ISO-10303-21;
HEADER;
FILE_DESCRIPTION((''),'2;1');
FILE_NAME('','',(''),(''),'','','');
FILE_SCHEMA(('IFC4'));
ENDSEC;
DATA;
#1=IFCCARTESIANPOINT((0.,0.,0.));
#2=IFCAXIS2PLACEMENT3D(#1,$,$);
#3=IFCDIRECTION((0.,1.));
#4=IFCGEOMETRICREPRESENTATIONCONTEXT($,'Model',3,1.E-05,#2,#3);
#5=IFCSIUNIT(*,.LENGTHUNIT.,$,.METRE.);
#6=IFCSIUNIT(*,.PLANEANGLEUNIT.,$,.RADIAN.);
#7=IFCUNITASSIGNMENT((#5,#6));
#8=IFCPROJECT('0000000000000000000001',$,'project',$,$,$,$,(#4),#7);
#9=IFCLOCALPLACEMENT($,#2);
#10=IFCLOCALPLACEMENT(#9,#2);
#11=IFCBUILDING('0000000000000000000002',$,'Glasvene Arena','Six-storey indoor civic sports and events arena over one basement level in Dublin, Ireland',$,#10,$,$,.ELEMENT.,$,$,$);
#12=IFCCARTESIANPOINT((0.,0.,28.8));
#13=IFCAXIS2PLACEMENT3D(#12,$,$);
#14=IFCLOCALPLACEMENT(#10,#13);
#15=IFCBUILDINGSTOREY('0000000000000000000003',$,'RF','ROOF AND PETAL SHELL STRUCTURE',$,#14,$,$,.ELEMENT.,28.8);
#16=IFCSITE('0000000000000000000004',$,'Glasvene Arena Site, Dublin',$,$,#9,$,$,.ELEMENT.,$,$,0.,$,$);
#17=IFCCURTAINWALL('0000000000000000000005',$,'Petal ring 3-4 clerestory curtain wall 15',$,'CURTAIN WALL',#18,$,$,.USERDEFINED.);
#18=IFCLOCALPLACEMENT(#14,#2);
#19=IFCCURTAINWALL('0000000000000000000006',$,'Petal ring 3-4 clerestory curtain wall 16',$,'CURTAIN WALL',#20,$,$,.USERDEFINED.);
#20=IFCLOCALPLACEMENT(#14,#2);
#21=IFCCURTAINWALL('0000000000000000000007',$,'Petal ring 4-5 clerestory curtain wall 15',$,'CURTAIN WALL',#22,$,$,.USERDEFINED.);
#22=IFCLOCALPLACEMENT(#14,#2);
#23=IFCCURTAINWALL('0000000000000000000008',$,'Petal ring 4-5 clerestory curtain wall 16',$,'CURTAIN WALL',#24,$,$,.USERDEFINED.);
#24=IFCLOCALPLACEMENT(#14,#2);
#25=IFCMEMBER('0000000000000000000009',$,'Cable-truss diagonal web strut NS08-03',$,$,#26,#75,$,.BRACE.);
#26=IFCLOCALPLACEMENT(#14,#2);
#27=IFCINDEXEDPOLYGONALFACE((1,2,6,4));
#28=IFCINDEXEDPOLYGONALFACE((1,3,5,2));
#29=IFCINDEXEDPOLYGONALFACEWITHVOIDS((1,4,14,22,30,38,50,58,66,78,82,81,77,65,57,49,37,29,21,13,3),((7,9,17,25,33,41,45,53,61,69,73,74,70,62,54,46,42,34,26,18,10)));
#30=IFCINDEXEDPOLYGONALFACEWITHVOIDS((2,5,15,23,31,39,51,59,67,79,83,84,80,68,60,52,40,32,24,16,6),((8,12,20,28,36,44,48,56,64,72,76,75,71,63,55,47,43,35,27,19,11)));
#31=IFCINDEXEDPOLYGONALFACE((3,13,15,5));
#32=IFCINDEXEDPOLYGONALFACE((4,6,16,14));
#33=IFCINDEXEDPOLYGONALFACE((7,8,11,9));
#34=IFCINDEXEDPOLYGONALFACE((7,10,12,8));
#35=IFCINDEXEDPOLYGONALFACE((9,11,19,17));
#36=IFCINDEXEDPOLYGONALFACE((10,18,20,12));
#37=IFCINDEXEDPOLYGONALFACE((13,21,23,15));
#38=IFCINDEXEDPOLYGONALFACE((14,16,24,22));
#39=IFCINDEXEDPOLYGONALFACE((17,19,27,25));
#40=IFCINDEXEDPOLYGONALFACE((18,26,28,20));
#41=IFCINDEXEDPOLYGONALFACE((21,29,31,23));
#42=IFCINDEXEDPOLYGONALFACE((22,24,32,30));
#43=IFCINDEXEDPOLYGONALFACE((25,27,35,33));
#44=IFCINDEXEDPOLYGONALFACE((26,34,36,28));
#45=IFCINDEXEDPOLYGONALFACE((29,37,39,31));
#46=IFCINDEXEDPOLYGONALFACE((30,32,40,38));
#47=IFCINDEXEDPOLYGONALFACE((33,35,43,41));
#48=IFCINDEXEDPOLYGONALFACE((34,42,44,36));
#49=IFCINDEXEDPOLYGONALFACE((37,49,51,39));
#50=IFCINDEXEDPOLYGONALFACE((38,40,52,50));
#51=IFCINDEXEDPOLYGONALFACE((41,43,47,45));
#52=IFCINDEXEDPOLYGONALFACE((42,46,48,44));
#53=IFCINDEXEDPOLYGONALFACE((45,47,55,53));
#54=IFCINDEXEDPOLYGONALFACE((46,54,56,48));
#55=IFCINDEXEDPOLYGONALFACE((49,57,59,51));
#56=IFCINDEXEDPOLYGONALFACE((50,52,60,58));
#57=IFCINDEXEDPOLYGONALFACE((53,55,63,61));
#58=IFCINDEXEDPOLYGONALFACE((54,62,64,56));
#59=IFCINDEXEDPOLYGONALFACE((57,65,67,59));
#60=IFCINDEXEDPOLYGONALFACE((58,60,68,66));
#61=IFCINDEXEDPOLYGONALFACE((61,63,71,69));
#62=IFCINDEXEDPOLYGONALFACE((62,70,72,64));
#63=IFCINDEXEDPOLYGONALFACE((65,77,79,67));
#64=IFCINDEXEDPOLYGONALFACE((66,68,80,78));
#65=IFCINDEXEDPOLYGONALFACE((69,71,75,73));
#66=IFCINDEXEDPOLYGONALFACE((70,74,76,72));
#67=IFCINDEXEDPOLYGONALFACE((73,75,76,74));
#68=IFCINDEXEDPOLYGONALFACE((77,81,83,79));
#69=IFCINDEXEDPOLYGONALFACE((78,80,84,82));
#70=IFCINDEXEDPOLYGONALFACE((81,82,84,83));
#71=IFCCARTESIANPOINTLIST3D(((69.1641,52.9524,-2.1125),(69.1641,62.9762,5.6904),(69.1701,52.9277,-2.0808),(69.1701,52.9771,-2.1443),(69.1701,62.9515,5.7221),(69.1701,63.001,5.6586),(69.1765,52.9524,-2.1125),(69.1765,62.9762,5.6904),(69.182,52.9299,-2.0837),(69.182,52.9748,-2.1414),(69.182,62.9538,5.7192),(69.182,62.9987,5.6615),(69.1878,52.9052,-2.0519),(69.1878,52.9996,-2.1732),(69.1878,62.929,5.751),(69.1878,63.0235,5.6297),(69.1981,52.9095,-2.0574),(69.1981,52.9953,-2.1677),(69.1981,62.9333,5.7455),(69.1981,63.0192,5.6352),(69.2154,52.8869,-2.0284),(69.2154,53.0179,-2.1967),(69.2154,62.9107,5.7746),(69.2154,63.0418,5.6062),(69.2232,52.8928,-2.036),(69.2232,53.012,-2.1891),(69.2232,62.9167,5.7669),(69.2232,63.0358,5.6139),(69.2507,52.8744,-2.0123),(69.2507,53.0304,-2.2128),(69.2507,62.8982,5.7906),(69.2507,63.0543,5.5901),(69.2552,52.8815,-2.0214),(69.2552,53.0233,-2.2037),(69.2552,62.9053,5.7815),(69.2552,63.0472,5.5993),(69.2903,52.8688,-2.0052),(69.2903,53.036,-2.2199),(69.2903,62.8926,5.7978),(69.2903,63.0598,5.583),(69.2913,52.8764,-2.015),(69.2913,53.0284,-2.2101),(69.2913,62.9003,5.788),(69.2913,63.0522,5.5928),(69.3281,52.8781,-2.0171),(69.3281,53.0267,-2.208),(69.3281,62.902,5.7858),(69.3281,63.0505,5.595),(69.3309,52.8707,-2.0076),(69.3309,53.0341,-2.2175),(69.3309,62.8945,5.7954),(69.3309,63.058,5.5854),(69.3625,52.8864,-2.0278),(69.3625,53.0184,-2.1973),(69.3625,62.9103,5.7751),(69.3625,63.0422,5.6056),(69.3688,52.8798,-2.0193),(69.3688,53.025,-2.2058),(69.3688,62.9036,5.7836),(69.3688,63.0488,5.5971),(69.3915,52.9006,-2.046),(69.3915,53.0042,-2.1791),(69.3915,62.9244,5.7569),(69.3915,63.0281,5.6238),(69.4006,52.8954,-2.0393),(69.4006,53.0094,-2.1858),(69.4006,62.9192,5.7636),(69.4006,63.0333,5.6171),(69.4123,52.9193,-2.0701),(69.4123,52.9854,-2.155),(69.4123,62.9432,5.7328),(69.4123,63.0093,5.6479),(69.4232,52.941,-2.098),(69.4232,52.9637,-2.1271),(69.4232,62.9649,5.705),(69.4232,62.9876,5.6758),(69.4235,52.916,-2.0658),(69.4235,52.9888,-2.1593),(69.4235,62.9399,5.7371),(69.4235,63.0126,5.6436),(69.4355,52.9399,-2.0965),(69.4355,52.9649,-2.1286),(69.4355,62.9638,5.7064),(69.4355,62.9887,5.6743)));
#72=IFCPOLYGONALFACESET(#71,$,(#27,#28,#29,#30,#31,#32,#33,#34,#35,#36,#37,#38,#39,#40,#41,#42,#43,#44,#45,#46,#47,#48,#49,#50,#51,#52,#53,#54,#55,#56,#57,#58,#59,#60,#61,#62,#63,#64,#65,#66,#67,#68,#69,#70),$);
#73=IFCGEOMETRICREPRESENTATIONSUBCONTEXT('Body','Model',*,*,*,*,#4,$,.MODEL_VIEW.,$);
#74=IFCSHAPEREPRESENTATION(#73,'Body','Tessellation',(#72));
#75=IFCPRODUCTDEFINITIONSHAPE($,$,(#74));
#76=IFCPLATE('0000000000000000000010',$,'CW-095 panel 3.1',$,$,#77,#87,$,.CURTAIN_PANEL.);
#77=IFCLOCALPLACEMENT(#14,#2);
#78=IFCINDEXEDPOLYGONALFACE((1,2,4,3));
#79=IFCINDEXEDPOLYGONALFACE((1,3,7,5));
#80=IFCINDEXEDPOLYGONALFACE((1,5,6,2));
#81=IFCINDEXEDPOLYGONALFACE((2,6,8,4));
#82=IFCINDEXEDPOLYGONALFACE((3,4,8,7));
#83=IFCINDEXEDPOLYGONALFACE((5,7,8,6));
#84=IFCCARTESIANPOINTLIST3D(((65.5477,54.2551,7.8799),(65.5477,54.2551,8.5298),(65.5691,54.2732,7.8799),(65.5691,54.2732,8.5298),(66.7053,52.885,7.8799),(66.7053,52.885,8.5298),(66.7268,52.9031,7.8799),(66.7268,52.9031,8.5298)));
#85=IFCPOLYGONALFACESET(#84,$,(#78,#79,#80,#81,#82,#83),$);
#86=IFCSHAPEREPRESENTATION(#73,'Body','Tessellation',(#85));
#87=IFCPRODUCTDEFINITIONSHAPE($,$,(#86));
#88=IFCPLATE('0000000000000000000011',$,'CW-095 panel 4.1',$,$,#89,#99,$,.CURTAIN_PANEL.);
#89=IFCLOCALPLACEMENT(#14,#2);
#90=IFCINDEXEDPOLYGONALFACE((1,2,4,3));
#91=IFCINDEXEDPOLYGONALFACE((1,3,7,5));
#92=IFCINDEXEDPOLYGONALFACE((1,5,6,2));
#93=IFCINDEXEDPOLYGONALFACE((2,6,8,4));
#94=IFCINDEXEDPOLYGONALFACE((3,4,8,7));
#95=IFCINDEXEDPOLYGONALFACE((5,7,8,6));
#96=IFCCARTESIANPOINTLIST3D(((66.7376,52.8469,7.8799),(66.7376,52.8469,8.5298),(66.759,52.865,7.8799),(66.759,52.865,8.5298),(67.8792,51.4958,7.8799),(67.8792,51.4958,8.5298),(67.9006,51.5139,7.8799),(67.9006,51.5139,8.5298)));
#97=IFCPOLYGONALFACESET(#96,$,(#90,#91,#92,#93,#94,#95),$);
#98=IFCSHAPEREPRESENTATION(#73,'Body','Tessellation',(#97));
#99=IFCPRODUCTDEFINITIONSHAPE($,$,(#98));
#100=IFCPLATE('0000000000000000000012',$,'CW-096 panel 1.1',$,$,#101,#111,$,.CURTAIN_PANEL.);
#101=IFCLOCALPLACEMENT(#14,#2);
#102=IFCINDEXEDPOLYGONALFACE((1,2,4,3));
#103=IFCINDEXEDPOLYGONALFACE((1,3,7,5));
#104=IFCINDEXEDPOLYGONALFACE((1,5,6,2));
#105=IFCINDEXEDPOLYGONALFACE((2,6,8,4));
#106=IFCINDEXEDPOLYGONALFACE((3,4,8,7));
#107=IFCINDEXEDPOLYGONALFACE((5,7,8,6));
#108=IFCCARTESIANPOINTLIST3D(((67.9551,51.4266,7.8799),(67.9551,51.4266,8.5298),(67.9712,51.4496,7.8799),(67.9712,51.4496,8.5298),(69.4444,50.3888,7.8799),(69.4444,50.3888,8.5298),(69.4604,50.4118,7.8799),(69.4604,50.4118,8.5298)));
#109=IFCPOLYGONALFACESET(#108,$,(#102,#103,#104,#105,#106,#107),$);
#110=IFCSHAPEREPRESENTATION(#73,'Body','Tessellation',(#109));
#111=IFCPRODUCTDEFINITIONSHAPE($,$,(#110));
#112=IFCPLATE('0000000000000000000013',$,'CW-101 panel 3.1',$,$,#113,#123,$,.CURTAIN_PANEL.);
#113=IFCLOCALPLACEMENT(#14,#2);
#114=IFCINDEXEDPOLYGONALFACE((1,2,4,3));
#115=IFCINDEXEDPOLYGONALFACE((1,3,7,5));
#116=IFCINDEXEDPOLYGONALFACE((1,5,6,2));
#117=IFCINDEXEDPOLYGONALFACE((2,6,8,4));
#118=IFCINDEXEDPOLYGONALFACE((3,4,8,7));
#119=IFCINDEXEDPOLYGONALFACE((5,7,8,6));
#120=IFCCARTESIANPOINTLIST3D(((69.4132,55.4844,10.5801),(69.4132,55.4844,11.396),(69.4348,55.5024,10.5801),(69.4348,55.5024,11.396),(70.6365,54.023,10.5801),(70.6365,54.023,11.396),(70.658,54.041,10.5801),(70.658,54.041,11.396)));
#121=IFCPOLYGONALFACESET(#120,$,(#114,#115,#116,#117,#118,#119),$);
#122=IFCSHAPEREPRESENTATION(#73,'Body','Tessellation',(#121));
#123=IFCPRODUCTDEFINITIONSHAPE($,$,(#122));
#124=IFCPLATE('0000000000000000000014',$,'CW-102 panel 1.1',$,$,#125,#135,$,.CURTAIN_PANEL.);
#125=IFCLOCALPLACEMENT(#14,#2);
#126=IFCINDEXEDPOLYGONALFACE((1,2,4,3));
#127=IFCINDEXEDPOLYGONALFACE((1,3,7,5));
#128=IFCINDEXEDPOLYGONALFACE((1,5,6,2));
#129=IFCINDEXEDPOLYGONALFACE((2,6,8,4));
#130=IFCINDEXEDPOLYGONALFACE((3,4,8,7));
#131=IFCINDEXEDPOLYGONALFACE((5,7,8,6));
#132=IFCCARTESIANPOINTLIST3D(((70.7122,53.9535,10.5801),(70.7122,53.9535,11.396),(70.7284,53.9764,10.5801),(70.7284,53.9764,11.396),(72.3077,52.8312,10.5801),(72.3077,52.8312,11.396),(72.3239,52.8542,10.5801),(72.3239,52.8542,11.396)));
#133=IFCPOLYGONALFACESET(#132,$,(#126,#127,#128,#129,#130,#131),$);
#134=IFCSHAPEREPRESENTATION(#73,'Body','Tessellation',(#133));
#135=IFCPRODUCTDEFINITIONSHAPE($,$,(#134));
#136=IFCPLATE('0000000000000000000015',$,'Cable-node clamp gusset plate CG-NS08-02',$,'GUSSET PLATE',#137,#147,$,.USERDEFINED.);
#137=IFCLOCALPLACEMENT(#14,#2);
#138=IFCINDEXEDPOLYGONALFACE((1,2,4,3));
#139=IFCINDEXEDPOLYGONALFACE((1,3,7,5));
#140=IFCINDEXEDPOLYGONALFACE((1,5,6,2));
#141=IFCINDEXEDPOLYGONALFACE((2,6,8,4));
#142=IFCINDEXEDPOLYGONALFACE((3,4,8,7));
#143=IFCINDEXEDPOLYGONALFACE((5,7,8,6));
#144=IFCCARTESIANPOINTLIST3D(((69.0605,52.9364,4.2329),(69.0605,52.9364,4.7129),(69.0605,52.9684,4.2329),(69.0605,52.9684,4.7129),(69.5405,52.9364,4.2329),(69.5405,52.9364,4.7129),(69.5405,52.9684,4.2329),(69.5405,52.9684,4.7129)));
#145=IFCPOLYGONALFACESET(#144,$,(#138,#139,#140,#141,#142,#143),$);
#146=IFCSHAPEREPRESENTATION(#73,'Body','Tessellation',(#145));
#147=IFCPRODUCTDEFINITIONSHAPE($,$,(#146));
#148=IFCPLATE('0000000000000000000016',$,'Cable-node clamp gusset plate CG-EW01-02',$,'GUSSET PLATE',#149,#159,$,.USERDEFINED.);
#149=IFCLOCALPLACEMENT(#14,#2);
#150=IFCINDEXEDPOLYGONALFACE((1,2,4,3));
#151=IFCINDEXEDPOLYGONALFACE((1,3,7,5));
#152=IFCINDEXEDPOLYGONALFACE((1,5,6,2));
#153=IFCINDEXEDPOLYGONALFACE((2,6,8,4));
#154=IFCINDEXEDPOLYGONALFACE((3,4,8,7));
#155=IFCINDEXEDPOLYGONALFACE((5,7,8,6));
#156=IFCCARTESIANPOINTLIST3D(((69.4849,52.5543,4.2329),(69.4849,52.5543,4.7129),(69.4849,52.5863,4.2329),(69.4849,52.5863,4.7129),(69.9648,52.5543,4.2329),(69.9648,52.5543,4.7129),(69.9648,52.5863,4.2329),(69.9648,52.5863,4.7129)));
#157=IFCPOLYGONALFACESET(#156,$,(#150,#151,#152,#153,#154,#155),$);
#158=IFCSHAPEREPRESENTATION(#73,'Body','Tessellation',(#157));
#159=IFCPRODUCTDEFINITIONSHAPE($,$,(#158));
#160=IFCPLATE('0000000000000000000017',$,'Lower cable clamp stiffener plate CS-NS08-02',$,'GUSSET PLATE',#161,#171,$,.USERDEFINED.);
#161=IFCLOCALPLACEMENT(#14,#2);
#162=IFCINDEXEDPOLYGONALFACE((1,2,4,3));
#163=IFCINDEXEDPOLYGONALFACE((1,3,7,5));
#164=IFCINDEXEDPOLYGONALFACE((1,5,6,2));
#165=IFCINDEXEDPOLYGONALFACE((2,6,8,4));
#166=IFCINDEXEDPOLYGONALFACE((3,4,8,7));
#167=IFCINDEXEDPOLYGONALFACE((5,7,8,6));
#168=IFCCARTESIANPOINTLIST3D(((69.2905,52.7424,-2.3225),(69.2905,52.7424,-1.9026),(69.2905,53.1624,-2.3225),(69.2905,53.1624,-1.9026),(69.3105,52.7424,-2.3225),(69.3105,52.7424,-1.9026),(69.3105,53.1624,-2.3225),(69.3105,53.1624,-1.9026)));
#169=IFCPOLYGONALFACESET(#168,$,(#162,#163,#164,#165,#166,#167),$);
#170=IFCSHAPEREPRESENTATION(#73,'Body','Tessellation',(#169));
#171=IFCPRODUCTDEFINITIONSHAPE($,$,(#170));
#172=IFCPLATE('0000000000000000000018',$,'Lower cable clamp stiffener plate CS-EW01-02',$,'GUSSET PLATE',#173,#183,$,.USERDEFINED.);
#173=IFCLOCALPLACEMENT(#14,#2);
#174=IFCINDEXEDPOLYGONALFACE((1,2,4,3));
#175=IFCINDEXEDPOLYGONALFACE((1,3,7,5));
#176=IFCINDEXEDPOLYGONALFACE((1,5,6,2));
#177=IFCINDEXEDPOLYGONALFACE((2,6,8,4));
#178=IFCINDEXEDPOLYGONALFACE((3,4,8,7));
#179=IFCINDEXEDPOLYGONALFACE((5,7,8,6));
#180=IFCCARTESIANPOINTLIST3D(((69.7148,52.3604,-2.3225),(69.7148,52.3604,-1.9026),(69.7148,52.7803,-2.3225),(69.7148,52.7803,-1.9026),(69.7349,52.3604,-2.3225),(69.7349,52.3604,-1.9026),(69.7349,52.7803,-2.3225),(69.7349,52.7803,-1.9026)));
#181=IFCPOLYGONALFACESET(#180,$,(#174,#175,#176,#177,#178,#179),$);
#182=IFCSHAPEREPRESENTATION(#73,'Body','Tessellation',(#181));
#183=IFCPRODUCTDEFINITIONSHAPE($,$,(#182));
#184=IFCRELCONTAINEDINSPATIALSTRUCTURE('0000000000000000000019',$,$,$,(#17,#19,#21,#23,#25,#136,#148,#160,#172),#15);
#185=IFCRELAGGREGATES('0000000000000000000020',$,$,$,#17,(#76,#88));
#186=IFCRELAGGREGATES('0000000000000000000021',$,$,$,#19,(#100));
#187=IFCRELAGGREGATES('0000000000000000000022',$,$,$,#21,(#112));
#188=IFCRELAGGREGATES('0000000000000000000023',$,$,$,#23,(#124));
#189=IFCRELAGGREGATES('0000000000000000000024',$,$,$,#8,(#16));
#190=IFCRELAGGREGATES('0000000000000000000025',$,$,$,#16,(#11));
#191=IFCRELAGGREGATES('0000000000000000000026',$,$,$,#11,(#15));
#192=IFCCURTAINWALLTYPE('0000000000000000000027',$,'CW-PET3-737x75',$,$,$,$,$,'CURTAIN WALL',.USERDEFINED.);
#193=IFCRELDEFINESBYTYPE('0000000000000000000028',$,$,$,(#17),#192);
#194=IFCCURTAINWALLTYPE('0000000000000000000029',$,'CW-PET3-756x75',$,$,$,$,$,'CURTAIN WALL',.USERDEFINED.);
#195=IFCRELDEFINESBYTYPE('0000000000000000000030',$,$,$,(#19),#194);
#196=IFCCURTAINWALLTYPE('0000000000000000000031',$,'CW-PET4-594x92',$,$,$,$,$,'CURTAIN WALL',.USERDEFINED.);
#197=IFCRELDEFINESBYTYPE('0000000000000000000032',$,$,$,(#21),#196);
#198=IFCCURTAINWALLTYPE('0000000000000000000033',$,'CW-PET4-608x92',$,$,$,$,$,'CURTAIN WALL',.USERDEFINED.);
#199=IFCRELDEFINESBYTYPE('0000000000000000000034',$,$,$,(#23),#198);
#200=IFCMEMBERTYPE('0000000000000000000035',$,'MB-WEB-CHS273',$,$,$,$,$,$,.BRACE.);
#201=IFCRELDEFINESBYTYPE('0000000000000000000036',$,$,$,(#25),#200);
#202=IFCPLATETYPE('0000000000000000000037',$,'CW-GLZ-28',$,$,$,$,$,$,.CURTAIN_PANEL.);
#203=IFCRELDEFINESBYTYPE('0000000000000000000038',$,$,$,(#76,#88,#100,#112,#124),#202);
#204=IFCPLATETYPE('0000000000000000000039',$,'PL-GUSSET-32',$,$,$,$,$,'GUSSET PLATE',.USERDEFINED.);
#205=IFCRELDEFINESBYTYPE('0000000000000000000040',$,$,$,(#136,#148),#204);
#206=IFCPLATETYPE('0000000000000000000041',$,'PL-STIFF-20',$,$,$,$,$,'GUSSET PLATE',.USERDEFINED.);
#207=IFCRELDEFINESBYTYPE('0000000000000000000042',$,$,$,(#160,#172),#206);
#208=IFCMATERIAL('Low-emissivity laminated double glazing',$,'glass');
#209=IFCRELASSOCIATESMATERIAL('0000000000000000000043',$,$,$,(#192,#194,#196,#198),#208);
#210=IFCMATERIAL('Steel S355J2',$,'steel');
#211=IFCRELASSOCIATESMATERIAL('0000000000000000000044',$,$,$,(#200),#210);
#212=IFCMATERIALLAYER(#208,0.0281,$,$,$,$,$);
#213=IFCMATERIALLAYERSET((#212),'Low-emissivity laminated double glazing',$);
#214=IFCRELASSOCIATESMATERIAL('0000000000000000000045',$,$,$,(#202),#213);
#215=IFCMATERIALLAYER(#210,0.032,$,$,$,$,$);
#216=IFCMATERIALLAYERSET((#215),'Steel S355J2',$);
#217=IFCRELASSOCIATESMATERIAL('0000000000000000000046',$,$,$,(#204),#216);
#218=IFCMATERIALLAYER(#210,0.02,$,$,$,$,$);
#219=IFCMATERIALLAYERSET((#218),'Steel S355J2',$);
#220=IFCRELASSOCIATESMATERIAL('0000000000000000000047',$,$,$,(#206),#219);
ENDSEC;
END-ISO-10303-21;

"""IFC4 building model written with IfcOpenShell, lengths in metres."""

from ifc_helpers import new_model, si_unit, direction, frame, origin, origin_2d, place, context, subcontext, project, spatial, rectangle, hollow_circle, extrude, material, layer, layer_set, material_profile, profile_set, type_object, element, aggregate, save


model = new_model("IFC4")

# Units and contexts
model_context = context("Model", 3, precision=1e-05, world=origin(), true_north=direction((0.0, 1.0)))
body_context = subcontext(model_context, "Body", "Model", "MODEL_VIEW")
ifc_project = project(units=[si_unit("LENGTHUNIT", "METRE"), si_unit("PLANEANGLEUNIT", "RADIAN")], contexts=[model_context])

# Site, building, storey
site_placement = place(None, origin())
site = spatial("IfcSite", under=ifc_project, at=site_placement, Name="Glasvene Arena Site, Dublin", CompositionType="ELEMENT", RefElevation=0.0)
building_placement = place(site_placement, origin())
building = spatial("IfcBuilding", under=site, at=building_placement, Name="Glasvene Arena", Description="Six-storey indoor civic sports and events arena over one basement level in Dublin, Ireland", CompositionType="ELEMENT")
storey_placement = place(building_placement, frame((0.0, 0.0, 28.8)))
storey = spatial("IfcBuildingStorey", under=building, at=storey_placement, Name="RF", Description="ROOF AND PETAL SHELL STRUCTURE", CompositionType="ELEMENT", Elevation=28.8)

# Curtain wall
ifc_material_1 = material(Name="Low-emissivity laminated double glazing", Category="glass")
curtain_wall_type_1 = type_object("IfcCurtainWallType", Name="CW-PET3-737x75", ElementType="CURTAIN WALL", PredefinedType="USERDEFINED", material=ifc_material_1)
curtain_wall_1_placement = place(storey_placement, frame((63.1626, 57.1001, 0.0)))
curtain_wall_1 = element("IfcCurtainWall", 1, at=curtain_wall_1_placement, inside=storey, type_object=curtain_wall_type_1, Name="Petal ring 3-4 clerestory curtain wall 15", ObjectType="CURTAIN WALL", PredefinedType="USERDEFINED")

# Curtain walls
curtain_wall_type_2 = type_object("IfcCurtainWallType", Name="CW-PET3-756x75", ElementType="CURTAIN WALL", PredefinedType="USERDEFINED", material=ifc_material_1)
curtain_wall_2_placement = place(storey_placement, frame((67.9221, 51.4668, 0.0)))
curtain_wall_2 = element("IfcCurtainWall", 2, at=curtain_wall_2_placement, inside=storey, type_object=curtain_wall_type_2, Name="Petal ring 3-4 clerestory curtain wall 16", ObjectType="CURTAIN WALL", PredefinedType="USERDEFINED")
curtain_wall_type_3 = type_object("IfcCurtainWallType", Name="CW-PET4-594x92", ElementType="CURTAIN WALL", PredefinedType="USERDEFINED", material=ifc_material_1)
curtain_wall_3_placement = place(storey_placement, frame((66.8655, 58.55, 0.0)))
curtain_wall_3 = element("IfcCurtainWall", 3, at=curtain_wall_3_placement, inside=storey, type_object=curtain_wall_type_3, Name="Petal ring 4-5 clerestory curtain wall 15", ObjectType="CURTAIN WALL", PredefinedType="USERDEFINED")

# Curtain wall
curtain_wall_type_4 = type_object("IfcCurtainWallType", Name="CW-PET4-608x92", ElementType="CURTAIN WALL", PredefinedType="USERDEFINED", material=ifc_material_1)
curtain_wall_4_placement = place(storey_placement, frame((70.6794, 53.9937, 0.0)))
curtain_wall_4 = element("IfcCurtainWall", 4, at=curtain_wall_4_placement, inside=storey, type_object=curtain_wall_type_4, Name="Petal ring 4-5 clerestory curtain wall 16", ObjectType="CURTAIN WALL", PredefinedType="USERDEFINED")

# Member
ifc_material_2 = material(Name="Steel S355J2", Category="steel")
ifc_material_profile_1 = material_profile(ifc_material_2, hollow_circle(Radius=0.1365, WallThickness=0.0125, at=origin_2d()), Name="CHS 273.0x12.5")
ifc_profile_set_1 = profile_set([ifc_material_profile_1], Name="Steel S355J2")
member_type_1 = type_object("IfcMemberType", Name="MB-WEB-CHS273", PredefinedType="BRACE", material=ifc_profile_set_1)
member_1_placement = place(storey_placement, frame((69.3005, 52.9524, -2.1125), z_axis=(0.0, 0.789101, 0.614264), x_axis=(-1.0, 0.0, 0.0)))
element("IfcMember", 5, at=member_1_placement, inside=storey, type_object=member_type_1, Name="Cable-truss diagonal web strut NS08-03", PredefinedType="BRACE", context=body_context, shape_type="SweptSolid", body=[
    extrude(hollow_circle(Radius=0.1365, WallThickness=0.0125, at=origin_2d()), origin(), (0.0, 0.0, 1.0), 12.7029),
])

# Plates
ifc_layer_1 = layer(ifc_material_1, 0.0281)
ifc_layer_set_1 = layer_set([ifc_layer_1], Name="Low-emissivity laminated double glazing")
plate_type_1 = type_object("IfcPlateType", Name="CW-GLZ-28", PredefinedType="CURTAIN_PANEL", material=ifc_layer_set_1)
plate_1_placement = place(storey_placement, frame((66.1372, 53.5791, 7.8799), z_axis=(0.0, 0.0, 1.0), x_axis=(0.645394, -0.76385, 0.0)))
plate_1 = element("IfcPlate", 6, at=plate_1_placement, type_object=plate_type_1, Name="CW-095 panel 3.1", PredefinedType="CURTAIN_PANEL", context=body_context, shape_type="SweptSolid", body=[
    extrude(rectangle(XDim=1.7937, YDim=0.0281, at=origin_2d()), origin(), (0.0, 0.0, 1.0), 0.6499),
])
plate_2_placement = place(storey_placement, frame((67.3191, 52.1804, 7.8799), z_axis=(0.0, 0.0, 1.0), x_axis=(0.645394, -0.76385, 0.0)))
plate_2 = element("IfcPlate", 7, at=plate_2_placement, type_object=plate_type_1, Name="CW-095 panel 4.1", PredefinedType="CURTAIN_PANEL", context=body_context, shape_type="SweptSolid", body=[
    extrude(rectangle(XDim=1.7688, YDim=0.0281, at=origin_2d()), origin(), (0.0, 0.0, 1.0), 0.6499),
])
aggregate(curtain_wall_1, [plate_1, plate_2])
plate_3_placement = place(storey_placement, frame((68.7078, 50.9192, 7.8799), z_axis=(0.0, 0.0, 1.0), x_axis=(0.820433, -0.571742, 0.0)))
plate_3 = element("IfcPlate", 8, at=plate_3_placement, type_object=plate_type_1, Name="CW-096 panel 1.1", PredefinedType="CURTAIN_PANEL", context=body_context, shape_type="SweptSolid", body=[
    extrude(rectangle(XDim=1.8152, YDim=0.0281, at=origin_2d()), origin(), (0.0, 0.0, 1.0), 0.6499),
])
aggregate(curtain_wall_2, [plate_3])
plate_4_placement = place(storey_placement, frame((70.0356, 54.7627, 10.5801), z_axis=(0.0, 0.0, 1.0), x_axis=(0.64188, -0.766805, 0.0)))
plate_4 = element("IfcPlate", 9, at=plate_4_placement, type_object=plate_type_1, Name="CW-101 panel 3.1", PredefinedType="CURTAIN_PANEL", context=body_context, shape_type="SweptSolid", body=[
    extrude(rectangle(XDim=1.9058, YDim=0.0281, at=origin_2d()), origin(), (0.0, 0.0, 1.0), 0.8159),
])
aggregate(curtain_wall_3, [plate_4])
plate_5_placement = place(storey_placement, frame((71.5181, 53.4038, 10.5801), z_axis=(0.0, 0.0, 1.0), x_axis=(0.817925, -0.575325, 0.0)))
plate_5 = element("IfcPlate", 10, at=plate_5_placement, type_object=plate_type_1, Name="CW-102 panel 1.1", PredefinedType="CURTAIN_PANEL", context=body_context, shape_type="SweptSolid", body=[
    extrude(rectangle(XDim=1.9507, YDim=0.0281, at=origin_2d()), origin(), (0.0, 0.0, 1.0), 0.8159),
])
aggregate(curtain_wall_4, [plate_5])

# Plates
ifc_layer_2 = layer(ifc_material_2, 0.032)
ifc_layer_set_2 = layer_set([ifc_layer_2], Name="Steel S355J2")
plate_type_2 = type_object("IfcPlateType", Name="PL-GUSSET-32", ElementType="GUSSET PLATE", PredefinedType="USERDEFINED", material=ifc_layer_set_2)
for number, where, z_axis, x_axis, name in (
    (11, (69.3005, 52.9524, 4.2329), (0.0, 0.0, 1.0), (1.0, 0.0, 0.0), "Cable-node clamp gusset plate CG-NS08-02"),
    (12, (69.7249, 52.5703, 4.2329), (0.0, 0.0, 1.0), (1.0, 0.0, 0.0), "Cable-node clamp gusset plate CG-EW01-02"),
):
    element("IfcPlate", number, at=place(storey_placement, frame(where, z_axis=z_axis, x_axis=x_axis)), inside=storey, type_object=plate_type_2, Name=name, ObjectType="GUSSET PLATE", PredefinedType="USERDEFINED", context=body_context, shape_type="SweptSolid", body=[
        extrude(rectangle(XDim=0.48, YDim=0.032, at=origin_2d()), origin(), (0.0, 0.0, 1.0), 0.48),
    ])
ifc_layer_3 = layer(ifc_material_2, 0.02)
ifc_layer_set_3 = layer_set([ifc_layer_3], Name="Steel S355J2")
plate_type_3 = type_object("IfcPlateType", Name="PL-STIFF-20", ElementType="GUSSET PLATE", PredefinedType="USERDEFINED", material=ifc_layer_set_3)
for number, where, z_axis, x_axis, name in (
    (13, (69.3005, 52.9524, -2.3225), (0.0, 0.0, 1.0), (1.0, 0.0, 0.0), "Lower cable clamp stiffener plate CS-NS08-02"),
    (14, (69.7249, 52.5703, -2.3225), (0.0, 0.0, 1.0), (1.0, 0.0, 0.0), "Lower cable clamp stiffener plate CS-EW01-02"),
):
    element("IfcPlate", number, at=place(storey_placement, frame(where, z_axis=z_axis, x_axis=x_axis)), inside=storey, type_object=plate_type_3, Name=name, ObjectType="GUSSET PLATE", PredefinedType="USERDEFINED", context=body_context, shape_type="SweptSolid", body=[
        extrude(rectangle(XDim=0.02, YDim=0.4199, at=origin_2d()), origin(), (0.0, 0.0, 1.0), 0.4199),
    ])

save(model, "model.ifc")
